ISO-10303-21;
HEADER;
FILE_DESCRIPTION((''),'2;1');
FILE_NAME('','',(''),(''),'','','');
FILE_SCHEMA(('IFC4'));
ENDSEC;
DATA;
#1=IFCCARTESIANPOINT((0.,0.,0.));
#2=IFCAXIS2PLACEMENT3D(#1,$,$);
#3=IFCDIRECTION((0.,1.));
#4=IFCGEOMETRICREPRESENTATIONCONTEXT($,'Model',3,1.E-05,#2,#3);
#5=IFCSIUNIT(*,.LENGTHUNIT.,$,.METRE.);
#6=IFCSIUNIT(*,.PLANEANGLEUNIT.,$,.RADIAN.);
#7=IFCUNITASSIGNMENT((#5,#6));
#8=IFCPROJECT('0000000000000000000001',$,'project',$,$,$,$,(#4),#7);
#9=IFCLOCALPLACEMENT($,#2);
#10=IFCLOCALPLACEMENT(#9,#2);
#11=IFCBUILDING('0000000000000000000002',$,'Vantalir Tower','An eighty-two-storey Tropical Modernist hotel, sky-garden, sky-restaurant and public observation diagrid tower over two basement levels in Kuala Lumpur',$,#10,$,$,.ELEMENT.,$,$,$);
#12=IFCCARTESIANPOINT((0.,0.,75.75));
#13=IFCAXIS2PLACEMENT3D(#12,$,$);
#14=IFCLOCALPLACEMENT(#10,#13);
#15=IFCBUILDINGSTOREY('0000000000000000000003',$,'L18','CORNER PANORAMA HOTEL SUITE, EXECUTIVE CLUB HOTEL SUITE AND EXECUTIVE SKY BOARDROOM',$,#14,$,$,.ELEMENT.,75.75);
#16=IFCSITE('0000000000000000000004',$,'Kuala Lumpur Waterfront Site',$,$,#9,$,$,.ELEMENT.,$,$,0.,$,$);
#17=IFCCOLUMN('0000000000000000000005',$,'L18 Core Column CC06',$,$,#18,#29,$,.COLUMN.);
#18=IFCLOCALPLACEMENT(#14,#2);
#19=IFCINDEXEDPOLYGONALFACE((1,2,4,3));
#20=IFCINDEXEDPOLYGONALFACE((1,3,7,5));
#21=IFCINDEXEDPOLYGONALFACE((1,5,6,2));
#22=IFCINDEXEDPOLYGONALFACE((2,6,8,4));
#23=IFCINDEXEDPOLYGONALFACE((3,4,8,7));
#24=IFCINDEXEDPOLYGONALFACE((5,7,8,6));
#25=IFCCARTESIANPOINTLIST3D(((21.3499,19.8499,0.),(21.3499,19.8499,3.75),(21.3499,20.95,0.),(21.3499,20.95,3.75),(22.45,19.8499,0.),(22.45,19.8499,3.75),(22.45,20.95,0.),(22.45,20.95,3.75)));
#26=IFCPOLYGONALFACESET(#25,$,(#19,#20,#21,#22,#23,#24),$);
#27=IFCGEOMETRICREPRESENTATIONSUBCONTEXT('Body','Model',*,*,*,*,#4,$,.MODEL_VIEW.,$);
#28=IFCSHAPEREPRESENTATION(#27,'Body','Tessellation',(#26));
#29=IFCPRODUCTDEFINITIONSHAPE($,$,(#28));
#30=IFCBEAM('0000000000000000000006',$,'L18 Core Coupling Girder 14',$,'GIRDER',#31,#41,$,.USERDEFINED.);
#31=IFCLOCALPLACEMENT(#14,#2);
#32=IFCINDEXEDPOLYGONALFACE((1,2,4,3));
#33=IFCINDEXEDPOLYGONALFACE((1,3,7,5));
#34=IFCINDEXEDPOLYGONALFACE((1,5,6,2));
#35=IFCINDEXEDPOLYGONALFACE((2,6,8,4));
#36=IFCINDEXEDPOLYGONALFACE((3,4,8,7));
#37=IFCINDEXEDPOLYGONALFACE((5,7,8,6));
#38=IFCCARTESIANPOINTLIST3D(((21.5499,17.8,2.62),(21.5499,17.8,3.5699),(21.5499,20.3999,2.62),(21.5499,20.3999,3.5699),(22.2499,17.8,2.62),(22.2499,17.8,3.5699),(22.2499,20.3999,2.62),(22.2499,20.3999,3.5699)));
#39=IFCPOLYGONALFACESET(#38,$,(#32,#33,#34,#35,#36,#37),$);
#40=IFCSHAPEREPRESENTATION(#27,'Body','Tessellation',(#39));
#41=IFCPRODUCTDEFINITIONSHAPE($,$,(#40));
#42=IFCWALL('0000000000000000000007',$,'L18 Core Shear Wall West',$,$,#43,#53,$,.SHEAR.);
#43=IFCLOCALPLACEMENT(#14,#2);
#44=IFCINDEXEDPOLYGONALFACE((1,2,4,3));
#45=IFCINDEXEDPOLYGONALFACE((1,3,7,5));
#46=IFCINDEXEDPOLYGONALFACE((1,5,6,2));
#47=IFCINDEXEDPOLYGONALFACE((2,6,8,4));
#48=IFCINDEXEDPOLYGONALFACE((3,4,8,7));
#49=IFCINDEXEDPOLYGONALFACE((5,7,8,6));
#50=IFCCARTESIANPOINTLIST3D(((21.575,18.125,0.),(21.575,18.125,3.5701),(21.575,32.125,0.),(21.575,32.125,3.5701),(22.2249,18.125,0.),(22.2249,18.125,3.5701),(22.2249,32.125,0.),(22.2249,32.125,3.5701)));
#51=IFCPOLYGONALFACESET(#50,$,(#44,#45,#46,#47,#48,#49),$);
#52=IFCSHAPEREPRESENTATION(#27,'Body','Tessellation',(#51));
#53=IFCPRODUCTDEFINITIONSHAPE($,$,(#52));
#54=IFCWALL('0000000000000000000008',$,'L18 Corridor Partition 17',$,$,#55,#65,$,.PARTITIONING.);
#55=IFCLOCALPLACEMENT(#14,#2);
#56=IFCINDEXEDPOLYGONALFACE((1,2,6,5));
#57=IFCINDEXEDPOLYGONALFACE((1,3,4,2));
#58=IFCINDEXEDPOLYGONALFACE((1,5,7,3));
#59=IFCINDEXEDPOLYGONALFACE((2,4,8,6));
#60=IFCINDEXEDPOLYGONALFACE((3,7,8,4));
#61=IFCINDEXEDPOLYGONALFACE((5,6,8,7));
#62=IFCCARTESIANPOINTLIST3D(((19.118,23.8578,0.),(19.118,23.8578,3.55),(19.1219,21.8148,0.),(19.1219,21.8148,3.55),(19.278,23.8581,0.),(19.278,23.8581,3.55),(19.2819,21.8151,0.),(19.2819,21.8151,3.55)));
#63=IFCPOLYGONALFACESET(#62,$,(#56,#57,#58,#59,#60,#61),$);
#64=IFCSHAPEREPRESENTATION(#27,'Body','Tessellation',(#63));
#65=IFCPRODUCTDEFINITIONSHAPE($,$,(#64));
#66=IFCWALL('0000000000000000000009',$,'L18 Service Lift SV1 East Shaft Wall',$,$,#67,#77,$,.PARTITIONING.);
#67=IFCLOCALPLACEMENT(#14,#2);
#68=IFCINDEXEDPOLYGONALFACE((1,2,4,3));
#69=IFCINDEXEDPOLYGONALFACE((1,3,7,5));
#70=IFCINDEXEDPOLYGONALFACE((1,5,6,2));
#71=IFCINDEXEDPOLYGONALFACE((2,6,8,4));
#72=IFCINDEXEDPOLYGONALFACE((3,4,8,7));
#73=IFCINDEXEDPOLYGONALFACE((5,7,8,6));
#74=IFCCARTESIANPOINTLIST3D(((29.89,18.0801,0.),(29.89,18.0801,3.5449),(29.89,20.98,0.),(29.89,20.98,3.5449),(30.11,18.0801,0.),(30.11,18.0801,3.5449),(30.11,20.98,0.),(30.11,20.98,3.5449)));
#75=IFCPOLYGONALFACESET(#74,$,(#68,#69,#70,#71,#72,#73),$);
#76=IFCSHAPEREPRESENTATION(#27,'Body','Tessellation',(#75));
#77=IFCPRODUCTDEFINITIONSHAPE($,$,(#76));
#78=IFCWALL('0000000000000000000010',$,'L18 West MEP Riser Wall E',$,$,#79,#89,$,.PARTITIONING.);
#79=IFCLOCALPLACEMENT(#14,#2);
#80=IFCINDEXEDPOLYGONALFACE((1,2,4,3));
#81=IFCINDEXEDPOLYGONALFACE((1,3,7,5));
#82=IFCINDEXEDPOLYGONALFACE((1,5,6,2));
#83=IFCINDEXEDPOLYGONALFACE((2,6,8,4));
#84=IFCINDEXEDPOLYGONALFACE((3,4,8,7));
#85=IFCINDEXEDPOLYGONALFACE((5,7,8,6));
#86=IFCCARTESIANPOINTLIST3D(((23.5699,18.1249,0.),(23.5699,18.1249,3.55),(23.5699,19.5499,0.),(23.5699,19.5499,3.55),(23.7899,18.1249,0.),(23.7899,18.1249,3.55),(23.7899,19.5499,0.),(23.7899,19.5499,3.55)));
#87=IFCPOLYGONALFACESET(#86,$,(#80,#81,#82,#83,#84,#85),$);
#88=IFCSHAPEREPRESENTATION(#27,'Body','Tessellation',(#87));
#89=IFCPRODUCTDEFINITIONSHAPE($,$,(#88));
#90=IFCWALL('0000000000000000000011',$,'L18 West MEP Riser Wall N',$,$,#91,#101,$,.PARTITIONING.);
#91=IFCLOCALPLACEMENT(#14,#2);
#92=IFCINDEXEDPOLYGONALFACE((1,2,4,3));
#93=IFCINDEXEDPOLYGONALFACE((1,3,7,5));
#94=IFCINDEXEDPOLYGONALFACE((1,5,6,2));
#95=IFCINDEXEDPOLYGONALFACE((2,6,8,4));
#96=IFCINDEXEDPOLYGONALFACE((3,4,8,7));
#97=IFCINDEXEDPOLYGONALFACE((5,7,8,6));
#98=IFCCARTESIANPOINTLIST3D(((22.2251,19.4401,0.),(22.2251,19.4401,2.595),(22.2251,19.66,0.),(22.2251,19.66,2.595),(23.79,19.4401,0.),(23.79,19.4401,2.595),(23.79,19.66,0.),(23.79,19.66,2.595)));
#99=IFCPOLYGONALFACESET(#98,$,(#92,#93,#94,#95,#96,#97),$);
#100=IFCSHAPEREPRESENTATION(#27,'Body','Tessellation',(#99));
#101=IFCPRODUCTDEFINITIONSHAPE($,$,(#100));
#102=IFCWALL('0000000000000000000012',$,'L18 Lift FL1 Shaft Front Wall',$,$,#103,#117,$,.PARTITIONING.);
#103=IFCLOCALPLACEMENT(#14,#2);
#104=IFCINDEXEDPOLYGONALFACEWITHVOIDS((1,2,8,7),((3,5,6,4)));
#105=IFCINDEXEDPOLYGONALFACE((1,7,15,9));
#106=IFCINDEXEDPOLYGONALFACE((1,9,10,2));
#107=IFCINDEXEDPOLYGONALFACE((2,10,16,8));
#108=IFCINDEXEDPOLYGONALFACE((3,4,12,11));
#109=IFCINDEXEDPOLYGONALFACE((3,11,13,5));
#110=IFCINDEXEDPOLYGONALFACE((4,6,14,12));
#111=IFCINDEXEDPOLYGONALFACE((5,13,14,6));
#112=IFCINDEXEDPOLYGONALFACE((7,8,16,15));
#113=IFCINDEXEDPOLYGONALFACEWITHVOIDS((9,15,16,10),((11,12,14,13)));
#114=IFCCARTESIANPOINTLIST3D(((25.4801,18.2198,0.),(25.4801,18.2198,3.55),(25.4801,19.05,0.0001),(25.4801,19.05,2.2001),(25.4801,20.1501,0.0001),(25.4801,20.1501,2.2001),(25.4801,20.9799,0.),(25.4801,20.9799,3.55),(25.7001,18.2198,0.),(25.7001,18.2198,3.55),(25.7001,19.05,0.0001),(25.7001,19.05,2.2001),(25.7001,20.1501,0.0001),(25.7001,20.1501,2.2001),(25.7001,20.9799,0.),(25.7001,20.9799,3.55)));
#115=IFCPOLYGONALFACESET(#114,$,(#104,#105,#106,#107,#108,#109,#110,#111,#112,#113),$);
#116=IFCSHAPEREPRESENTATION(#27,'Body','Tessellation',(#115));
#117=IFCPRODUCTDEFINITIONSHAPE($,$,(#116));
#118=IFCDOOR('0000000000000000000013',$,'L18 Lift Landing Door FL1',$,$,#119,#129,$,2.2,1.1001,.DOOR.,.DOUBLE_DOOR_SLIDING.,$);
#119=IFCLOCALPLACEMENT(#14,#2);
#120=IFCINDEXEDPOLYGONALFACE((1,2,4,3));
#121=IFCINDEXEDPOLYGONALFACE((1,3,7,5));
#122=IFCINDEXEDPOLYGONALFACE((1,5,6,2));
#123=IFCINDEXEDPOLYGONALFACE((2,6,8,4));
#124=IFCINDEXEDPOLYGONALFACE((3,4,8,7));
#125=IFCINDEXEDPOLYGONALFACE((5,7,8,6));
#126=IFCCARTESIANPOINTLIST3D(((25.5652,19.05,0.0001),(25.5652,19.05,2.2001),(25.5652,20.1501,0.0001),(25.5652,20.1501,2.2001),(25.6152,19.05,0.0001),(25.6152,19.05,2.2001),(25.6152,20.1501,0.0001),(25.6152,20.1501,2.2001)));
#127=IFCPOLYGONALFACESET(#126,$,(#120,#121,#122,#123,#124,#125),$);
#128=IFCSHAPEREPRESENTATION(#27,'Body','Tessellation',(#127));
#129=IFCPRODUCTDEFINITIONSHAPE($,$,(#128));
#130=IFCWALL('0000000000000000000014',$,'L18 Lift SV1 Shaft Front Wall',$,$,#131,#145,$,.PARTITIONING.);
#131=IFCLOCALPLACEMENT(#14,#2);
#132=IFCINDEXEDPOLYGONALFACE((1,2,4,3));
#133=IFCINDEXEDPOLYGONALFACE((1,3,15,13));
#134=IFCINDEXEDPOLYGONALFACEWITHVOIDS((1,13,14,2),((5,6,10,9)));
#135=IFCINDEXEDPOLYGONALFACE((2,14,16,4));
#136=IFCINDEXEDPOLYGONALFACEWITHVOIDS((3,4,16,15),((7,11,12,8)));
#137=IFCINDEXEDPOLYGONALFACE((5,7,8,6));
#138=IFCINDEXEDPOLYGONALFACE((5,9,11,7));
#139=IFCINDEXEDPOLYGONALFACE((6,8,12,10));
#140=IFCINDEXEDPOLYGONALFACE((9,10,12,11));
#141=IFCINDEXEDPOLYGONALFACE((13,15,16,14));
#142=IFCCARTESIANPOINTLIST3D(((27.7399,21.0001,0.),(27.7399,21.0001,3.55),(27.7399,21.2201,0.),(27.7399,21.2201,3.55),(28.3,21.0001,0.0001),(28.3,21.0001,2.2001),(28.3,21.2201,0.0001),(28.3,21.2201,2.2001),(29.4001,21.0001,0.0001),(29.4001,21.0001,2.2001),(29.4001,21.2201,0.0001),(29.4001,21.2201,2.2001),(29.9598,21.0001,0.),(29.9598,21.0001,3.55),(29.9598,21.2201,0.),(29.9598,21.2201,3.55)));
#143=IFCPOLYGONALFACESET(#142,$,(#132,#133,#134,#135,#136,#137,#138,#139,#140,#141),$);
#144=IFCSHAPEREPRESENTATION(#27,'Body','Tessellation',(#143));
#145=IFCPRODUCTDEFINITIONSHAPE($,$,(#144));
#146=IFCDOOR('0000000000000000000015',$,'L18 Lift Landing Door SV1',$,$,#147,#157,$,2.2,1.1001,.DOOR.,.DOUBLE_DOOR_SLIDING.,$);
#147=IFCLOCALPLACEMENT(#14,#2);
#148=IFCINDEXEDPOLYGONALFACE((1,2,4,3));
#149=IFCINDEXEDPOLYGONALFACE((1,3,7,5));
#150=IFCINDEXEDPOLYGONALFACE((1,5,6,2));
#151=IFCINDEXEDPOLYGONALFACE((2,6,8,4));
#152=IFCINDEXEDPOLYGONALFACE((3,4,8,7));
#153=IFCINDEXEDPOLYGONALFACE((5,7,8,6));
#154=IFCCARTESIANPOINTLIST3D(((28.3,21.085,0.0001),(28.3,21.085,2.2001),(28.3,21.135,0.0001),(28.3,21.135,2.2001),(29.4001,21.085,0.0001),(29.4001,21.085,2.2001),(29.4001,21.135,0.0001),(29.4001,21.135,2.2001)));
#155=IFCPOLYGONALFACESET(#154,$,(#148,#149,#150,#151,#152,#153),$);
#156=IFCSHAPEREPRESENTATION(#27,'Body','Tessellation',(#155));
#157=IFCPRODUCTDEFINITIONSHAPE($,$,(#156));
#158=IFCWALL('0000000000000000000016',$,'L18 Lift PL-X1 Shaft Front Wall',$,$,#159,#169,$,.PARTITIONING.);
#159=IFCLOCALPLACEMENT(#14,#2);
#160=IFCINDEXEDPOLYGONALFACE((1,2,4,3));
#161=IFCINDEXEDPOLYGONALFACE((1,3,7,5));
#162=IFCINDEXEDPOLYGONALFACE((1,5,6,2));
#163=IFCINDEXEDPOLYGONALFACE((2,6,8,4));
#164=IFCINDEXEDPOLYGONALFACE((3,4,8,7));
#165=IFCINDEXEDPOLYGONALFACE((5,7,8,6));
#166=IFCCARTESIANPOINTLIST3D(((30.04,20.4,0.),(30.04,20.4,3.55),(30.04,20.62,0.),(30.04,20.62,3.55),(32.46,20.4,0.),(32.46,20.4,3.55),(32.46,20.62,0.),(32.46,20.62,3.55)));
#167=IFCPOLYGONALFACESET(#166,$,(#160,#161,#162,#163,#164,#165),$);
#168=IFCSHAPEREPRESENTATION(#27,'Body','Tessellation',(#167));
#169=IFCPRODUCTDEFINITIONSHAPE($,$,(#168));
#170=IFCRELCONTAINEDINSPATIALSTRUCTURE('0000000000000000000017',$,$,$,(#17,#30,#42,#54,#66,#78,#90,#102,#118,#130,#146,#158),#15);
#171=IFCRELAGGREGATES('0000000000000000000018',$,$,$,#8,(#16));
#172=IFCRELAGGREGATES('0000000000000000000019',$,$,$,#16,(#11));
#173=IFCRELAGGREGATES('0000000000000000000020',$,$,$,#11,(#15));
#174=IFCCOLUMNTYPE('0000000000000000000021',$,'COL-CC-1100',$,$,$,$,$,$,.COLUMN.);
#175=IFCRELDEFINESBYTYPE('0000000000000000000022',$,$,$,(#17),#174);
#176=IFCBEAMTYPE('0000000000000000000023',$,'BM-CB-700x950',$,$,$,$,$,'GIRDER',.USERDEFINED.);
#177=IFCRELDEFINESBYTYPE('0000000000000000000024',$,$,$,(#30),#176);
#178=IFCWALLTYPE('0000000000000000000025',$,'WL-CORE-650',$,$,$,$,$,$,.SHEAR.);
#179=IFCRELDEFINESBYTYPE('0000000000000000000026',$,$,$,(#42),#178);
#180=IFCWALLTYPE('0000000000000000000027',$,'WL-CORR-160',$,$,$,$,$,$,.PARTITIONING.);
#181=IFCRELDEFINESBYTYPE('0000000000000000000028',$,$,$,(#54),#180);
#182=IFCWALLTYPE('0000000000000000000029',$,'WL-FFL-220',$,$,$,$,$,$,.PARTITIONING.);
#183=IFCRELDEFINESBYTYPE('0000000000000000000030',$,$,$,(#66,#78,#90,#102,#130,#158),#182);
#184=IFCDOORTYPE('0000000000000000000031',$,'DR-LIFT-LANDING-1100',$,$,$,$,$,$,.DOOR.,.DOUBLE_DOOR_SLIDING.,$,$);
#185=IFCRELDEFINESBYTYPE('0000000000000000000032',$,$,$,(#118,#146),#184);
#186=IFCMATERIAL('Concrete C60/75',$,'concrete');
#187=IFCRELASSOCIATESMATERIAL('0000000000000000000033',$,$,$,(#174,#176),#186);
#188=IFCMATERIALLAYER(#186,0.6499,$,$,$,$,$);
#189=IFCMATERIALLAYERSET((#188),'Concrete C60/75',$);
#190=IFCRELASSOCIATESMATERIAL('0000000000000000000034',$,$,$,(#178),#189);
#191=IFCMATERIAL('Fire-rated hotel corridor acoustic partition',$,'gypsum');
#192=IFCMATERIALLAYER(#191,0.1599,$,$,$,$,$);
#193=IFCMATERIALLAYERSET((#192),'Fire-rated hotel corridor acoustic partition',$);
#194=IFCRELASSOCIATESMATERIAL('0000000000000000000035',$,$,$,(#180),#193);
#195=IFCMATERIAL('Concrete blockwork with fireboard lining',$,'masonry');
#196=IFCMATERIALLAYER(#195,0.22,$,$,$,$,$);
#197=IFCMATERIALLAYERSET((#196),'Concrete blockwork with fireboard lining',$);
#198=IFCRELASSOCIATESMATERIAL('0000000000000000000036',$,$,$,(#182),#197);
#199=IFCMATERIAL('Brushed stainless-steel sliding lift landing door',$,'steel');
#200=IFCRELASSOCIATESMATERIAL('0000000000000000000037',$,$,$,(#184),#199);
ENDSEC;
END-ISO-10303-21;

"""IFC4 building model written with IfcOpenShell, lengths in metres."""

from ifc_helpers import new_model, si_unit, direction, frame, frame_2d, origin, origin_2d, place, context, subcontext, project, spatial, rectangle, extrude, material, layer, layer_set, material_profile, profile_set, type_object, element, fill, save


model = new_model("IFC4")

# Units and contexts
model_context = context("Model", 3, precision=1e-05, world=origin(), true_north=direction((0.0, 1.0)))
body_context = subcontext(model_context, "Body", "Model", "MODEL_VIEW")
ifc_project = project(units=[si_unit("LENGTHUNIT", "METRE"), si_unit("PLANEANGLEUNIT", "RADIAN")], contexts=[model_context])

# Site, building, storey
site_placement = place(None, origin())
site = spatial("IfcSite", under=ifc_project, at=site_placement, Name="Kuala Lumpur Waterfront Site", CompositionType="ELEMENT", RefElevation=0.0)
building_placement = place(site_placement, origin())
building = spatial("IfcBuilding", under=site, at=building_placement, Name="Vantalir Tower", Description="An eighty-two-storey Tropical Modernist hotel, sky-garden, sky-restaurant and public observation diagrid tower over two basement levels in Kuala Lumpur", CompositionType="ELEMENT")
storey_placement = place(building_placement, frame((0.0, 0.0, 75.75)))
storey = spatial("IfcBuildingStorey", under=building, at=storey_placement, Name="L18", Description="CORNER PANORAMA HOTEL SUITE, EXECUTIVE CLUB HOTEL SUITE AND EXECUTIVE SKY BOARDROOM", CompositionType="ELEMENT", Elevation=75.75)

# Column
ifc_material_1 = material(Name="Concrete C60/75", Category="concrete")
ifc_material_profile_1 = material_profile(ifc_material_1, rectangle(XDim=1.1001, YDim=1.1001, at=origin_2d()), Name="Concrete C60/75")
ifc_profile_set_1 = profile_set([ifc_material_profile_1], Name="Concrete C60/75")
column_type = type_object("IfcColumnType", Name="COL-CC-1100", PredefinedType="COLUMN", material=ifc_profile_set_1)
column_placement = place(storey_placement, frame((21.8999, 20.3999, 0.0), z_axis=(0.0, 0.0, 1.0), x_axis=(1.0, 0.0, 0.0)))
element("IfcColumn", 1, at=column_placement, inside=storey, type_object=column_type, Name="L18 Core Column CC06", PredefinedType="COLUMN", context=body_context, shape_type="SweptSolid", body=[
    extrude(rectangle(XDim=1.1001, YDim=1.1001, at=origin_2d()), origin(), (0.0, 0.0, 1.0), 3.75),
])

# Beam
ifc_material_profile_2 = material_profile(ifc_material_1, rectangle(XDim=0.7, YDim=0.95, at=origin_2d()), Name="Concrete C60/75")
ifc_profile_set_2 = profile_set([ifc_material_profile_2], Name="Concrete C60/75")
beam_type = type_object("IfcBeamType", Name="BM-CB-700x950", ElementType="GIRDER", PredefinedType="USERDEFINED", material=ifc_profile_set_2)
beam_placement = place(storey_placement, frame((21.8999, 20.3999, 3.095), z_axis=(0.0, -1.0, 0.0), x_axis=(1.0, 0.0, 0.0)))
element("IfcBeam", 2, at=beam_placement, inside=storey, type_object=beam_type, Name="L18 Core Coupling Girder 14", ObjectType="GIRDER", PredefinedType="USERDEFINED", context=body_context, shape_type="SweptSolid", body=[
    extrude(rectangle(XDim=0.7, YDim=0.95, at=origin_2d()), origin(), (0.0, 0.0, 1.0), 2.5999),
])

# Walls
ifc_layer_1 = layer(ifc_material_1, 0.6499)
ifc_layer_set_1 = layer_set([ifc_layer_1], Name="Concrete C60/75")
wall_type_1 = type_object("IfcWallType", Name="WL-CORE-650", PredefinedType="SHEAR", material=ifc_layer_set_1)
wall_1_placement = place(storey_placement, frame((21.8999, 18.125, 0.0), z_axis=(0.0, 0.0, 1.0), x_axis=(0.0, 1.0, 0.0)))
element("IfcWall", 3, at=wall_1_placement, inside=storey, type_object=wall_type_1, Name="L18 Core Shear Wall West", PredefinedType="SHEAR", context=body_context, shape_type="SweptSolid", body=[
    extrude(rectangle(XDim=14.0, YDim=0.6499, at=frame_2d((7.0, 0.0))), origin(), (0.0, 0.0, 1.0), 3.5701),
])
ifc_material_2 = material(Name="Fire-rated hotel corridor acoustic partition", Category="gypsum")
ifc_layer_2 = layer(ifc_material_2, 0.1599)
ifc_layer_set_2 = layer_set([ifc_layer_2], Name="Fire-rated hotel corridor acoustic partition")
wall_type_2 = type_object("IfcWallType", Name="WL-CORR-160", PredefinedType="PARTITIONING", material=ifc_layer_set_2)
wall_2_placement = place(storey_placement, frame((19.2019, 21.8149, 0.0), z_axis=(0.0, 0.0, 1.0), x_axis=(-0.001912, 0.999998, 0.0)))
element("IfcWall", 4, at=wall_2_placement, inside=storey, type_object=wall_type_2, Name="L18 Corridor Partition 17", PredefinedType="PARTITIONING", context=body_context, shape_type="SweptSolid", body=[
    extrude(rectangle(XDim=2.043, YDim=0.1599, at=frame_2d((1.0215, 0.0))), origin(), (0.0, 0.0, 1.0), 3.55),
])
ifc_material_3 = material(Name="Concrete blockwork with fireboard lining", Category="masonry")
ifc_layer_3 = layer(ifc_material_3, 0.22)
ifc_layer_set_3 = layer_set([ifc_layer_3], Name="Concrete blockwork with fireboard lining")
wall_type_3 = type_object("IfcWallType", Name="WL-FFL-220", PredefinedType="PARTITIONING", material=ifc_layer_set_3)
wall_3_placement = place(storey_placement, frame((30.0, 18.0801, 0.0), z_axis=(0.0, 0.0, 1.0), x_axis=(0.0, 1.0, 0.0)))
element("IfcWall", 5, at=wall_3_placement, inside=storey, type_object=wall_type_3, Name="L18 Service Lift SV1 East Shaft Wall", PredefinedType="PARTITIONING", context=body_context, shape_type="SweptSolid", body=[
    extrude(rectangle(XDim=2.8999, YDim=0.22, at=frame_2d((1.45, 0.0))), origin(), (0.0, 0.0, 1.0), 3.5449),
])
wall_4_placement = place(storey_placement, frame((23.6799, 18.125, 0.0), z_axis=(0.0, 0.0, 1.0), x_axis=(0.0, 1.0, 0.0)))
element("IfcWall", 6, at=wall_4_placement, inside=storey, type_object=wall_type_3, Name="L18 West MEP Riser Wall E", PredefinedType="PARTITIONING", context=body_context, shape_type="SweptSolid", body=[
    extrude(rectangle(XDim=1.425, YDim=0.22, at=frame_2d((0.7124, 0.0))), origin(), (0.0, 0.0, 1.0), 3.55),
])
wall_5_placement = place(storey_placement, frame((22.2251, 19.55, 0.0), z_axis=(0.0, 0.0, 1.0), x_axis=(1.0, 0.0, 0.0)))
element("IfcWall", 7, at=wall_5_placement, inside=storey, type_object=wall_type_3, Name="L18 West MEP Riser Wall N", PredefinedType="PARTITIONING", context=body_context, shape_type="SweptSolid", body=[
    extrude(rectangle(XDim=1.5649, YDim=0.22, at=frame_2d((0.7825, 0.0))), origin(), (0.0, 0.0, 1.0), 2.595),
])

# Walls, openings, doors
wall_6_placement = place(storey_placement, frame((25.5901, 18.22, 0.0), z_axis=(0.0, 0.0, 1.0), x_axis=(0.0, 1.0, 0.0)))
wall_6 = element("IfcWall", 8, at=wall_6_placement, inside=storey, type_object=wall_type_3, Name="L18 Lift FL1 Shaft Front Wall", PredefinedType="PARTITIONING", context=body_context, shape_type="SweptSolid", body=[
    extrude(rectangle(XDim=2.76, YDim=0.22, at=frame_2d((1.3799, 0.0))), origin(), (0.0, 0.0, 1.0), 3.55),
])
opening_1_placement = place(wall_6_placement, frame((0.8301, 0.0, 0.0)))
opening_1 = element("IfcOpeningElement", 9, at=opening_1_placement, cuts=wall_6, PredefinedType="OPENING", context=body_context, shape_type="SweptSolid", body=[
    extrude(rectangle(XDim=1.1001, YDim=2.2, at=frame_2d((0.55, 1.1001))), frame((0.0, 0.1199, 0.0), z_axis=(0.0, -1.0, 0.0), x_axis=(1.0, 0.0, 0.0)), (0.0, 0.0, 1.0), 0.24),
])
ifc_material_4 = material(Name="Brushed stainless-steel sliding lift landing door", Category="steel")
door_type_1 = type_object("IfcDoorType", Name="DR-LIFT-LANDING-1100", OperationType="DOUBLE_DOOR_SLIDING", PredefinedType="DOOR", material=ifc_material_4)
door_1_placement = place(opening_1_placement, origin())
door_1 = element("IfcDoor", 10, at=door_1_placement, inside=storey, type_object=door_type_1, Name="L18 Lift Landing Door FL1", OperationType="DOUBLE_DOOR_SLIDING", OverallHeight=2.2, OverallWidth=1.1001, PredefinedType="DOOR", context=body_context, shape_type="SweptSolid", body=[
    extrude(rectangle(XDim=1.1001, YDim=2.2, at=frame_2d((0.55, 1.1001))), frame((0.0, 0.0249, 0.0), z_axis=(0.0, -1.0, 0.0), x_axis=(1.0, 0.0, 0.0)), (0.0, 0.0, 1.0), 0.05),
])
fill(opening_1, door_1)
wall_7_placement = place(storey_placement, frame((27.74, 21.1101, 0.0), z_axis=(0.0, 0.0, 1.0), x_axis=(1.0, 0.0, 0.0)))
wall_7 = element("IfcWall", 11, at=wall_7_placement, inside=storey, type_object=wall_type_3, Name="L18 Lift SV1 Shaft Front Wall", PredefinedType="PARTITIONING", context=body_context, shape_type="SweptSolid", body=[
    extrude(rectangle(XDim=2.22, YDim=0.22, at=frame_2d((1.1099, 0.0))), origin(), (0.0, 0.0, 1.0), 3.55),
])
opening_2_placement = place(wall_7_placement, frame((0.5601, 0.0, 0.0)))
opening_2 = element("IfcOpeningElement", 12, at=opening_2_placement, cuts=wall_7, PredefinedType="OPENING", context=body_context, shape_type="SweptSolid", body=[
    extrude(rectangle(XDim=1.1001, YDim=2.2, at=frame_2d((0.55, 1.1001))), frame((0.0, 0.1199, 0.0), z_axis=(0.0, -1.0, 0.0), x_axis=(1.0, 0.0, 0.0)), (0.0, 0.0, 1.0), 0.24),
])
door_2_placement = place(opening_2_placement, origin())
door_2 = element("IfcDoor", 13, at=door_2_placement, inside=storey, type_object=door_type_1, Name="L18 Lift Landing Door SV1", OperationType="DOUBLE_DOOR_SLIDING", OverallHeight=2.2, OverallWidth=1.1001, PredefinedType="DOOR", context=body_context, shape_type="SweptSolid", body=[
    extrude(rectangle(XDim=1.1001, YDim=2.2, at=frame_2d((0.55, 1.1001))), frame((0.0, 0.0249, 0.0), z_axis=(0.0, -1.0, 0.0), x_axis=(1.0, 0.0, 0.0)), (0.0, 0.0, 1.0), 0.05),
])
fill(opening_2, door_2)

# Wall
wall_8_placement = place(storey_placement, frame((30.04, 20.51, 0.0), z_axis=(0.0, 0.0, 1.0), x_axis=(1.0, 0.0, 0.0)))
element("IfcWall", 14, at=wall_8_placement, inside=storey, type_object=wall_type_3, Name="L18 Lift PL-X1 Shaft Front Wall", PredefinedType="PARTITIONING", context=body_context, shape_type="SweptSolid", body=[
    extrude(rectangle(XDim=2.4199, YDim=0.22, at=frame_2d((1.21, 0.0))), origin(), (0.0, 0.0, 1.0), 3.55),
])

save(model, "model.ifc")
